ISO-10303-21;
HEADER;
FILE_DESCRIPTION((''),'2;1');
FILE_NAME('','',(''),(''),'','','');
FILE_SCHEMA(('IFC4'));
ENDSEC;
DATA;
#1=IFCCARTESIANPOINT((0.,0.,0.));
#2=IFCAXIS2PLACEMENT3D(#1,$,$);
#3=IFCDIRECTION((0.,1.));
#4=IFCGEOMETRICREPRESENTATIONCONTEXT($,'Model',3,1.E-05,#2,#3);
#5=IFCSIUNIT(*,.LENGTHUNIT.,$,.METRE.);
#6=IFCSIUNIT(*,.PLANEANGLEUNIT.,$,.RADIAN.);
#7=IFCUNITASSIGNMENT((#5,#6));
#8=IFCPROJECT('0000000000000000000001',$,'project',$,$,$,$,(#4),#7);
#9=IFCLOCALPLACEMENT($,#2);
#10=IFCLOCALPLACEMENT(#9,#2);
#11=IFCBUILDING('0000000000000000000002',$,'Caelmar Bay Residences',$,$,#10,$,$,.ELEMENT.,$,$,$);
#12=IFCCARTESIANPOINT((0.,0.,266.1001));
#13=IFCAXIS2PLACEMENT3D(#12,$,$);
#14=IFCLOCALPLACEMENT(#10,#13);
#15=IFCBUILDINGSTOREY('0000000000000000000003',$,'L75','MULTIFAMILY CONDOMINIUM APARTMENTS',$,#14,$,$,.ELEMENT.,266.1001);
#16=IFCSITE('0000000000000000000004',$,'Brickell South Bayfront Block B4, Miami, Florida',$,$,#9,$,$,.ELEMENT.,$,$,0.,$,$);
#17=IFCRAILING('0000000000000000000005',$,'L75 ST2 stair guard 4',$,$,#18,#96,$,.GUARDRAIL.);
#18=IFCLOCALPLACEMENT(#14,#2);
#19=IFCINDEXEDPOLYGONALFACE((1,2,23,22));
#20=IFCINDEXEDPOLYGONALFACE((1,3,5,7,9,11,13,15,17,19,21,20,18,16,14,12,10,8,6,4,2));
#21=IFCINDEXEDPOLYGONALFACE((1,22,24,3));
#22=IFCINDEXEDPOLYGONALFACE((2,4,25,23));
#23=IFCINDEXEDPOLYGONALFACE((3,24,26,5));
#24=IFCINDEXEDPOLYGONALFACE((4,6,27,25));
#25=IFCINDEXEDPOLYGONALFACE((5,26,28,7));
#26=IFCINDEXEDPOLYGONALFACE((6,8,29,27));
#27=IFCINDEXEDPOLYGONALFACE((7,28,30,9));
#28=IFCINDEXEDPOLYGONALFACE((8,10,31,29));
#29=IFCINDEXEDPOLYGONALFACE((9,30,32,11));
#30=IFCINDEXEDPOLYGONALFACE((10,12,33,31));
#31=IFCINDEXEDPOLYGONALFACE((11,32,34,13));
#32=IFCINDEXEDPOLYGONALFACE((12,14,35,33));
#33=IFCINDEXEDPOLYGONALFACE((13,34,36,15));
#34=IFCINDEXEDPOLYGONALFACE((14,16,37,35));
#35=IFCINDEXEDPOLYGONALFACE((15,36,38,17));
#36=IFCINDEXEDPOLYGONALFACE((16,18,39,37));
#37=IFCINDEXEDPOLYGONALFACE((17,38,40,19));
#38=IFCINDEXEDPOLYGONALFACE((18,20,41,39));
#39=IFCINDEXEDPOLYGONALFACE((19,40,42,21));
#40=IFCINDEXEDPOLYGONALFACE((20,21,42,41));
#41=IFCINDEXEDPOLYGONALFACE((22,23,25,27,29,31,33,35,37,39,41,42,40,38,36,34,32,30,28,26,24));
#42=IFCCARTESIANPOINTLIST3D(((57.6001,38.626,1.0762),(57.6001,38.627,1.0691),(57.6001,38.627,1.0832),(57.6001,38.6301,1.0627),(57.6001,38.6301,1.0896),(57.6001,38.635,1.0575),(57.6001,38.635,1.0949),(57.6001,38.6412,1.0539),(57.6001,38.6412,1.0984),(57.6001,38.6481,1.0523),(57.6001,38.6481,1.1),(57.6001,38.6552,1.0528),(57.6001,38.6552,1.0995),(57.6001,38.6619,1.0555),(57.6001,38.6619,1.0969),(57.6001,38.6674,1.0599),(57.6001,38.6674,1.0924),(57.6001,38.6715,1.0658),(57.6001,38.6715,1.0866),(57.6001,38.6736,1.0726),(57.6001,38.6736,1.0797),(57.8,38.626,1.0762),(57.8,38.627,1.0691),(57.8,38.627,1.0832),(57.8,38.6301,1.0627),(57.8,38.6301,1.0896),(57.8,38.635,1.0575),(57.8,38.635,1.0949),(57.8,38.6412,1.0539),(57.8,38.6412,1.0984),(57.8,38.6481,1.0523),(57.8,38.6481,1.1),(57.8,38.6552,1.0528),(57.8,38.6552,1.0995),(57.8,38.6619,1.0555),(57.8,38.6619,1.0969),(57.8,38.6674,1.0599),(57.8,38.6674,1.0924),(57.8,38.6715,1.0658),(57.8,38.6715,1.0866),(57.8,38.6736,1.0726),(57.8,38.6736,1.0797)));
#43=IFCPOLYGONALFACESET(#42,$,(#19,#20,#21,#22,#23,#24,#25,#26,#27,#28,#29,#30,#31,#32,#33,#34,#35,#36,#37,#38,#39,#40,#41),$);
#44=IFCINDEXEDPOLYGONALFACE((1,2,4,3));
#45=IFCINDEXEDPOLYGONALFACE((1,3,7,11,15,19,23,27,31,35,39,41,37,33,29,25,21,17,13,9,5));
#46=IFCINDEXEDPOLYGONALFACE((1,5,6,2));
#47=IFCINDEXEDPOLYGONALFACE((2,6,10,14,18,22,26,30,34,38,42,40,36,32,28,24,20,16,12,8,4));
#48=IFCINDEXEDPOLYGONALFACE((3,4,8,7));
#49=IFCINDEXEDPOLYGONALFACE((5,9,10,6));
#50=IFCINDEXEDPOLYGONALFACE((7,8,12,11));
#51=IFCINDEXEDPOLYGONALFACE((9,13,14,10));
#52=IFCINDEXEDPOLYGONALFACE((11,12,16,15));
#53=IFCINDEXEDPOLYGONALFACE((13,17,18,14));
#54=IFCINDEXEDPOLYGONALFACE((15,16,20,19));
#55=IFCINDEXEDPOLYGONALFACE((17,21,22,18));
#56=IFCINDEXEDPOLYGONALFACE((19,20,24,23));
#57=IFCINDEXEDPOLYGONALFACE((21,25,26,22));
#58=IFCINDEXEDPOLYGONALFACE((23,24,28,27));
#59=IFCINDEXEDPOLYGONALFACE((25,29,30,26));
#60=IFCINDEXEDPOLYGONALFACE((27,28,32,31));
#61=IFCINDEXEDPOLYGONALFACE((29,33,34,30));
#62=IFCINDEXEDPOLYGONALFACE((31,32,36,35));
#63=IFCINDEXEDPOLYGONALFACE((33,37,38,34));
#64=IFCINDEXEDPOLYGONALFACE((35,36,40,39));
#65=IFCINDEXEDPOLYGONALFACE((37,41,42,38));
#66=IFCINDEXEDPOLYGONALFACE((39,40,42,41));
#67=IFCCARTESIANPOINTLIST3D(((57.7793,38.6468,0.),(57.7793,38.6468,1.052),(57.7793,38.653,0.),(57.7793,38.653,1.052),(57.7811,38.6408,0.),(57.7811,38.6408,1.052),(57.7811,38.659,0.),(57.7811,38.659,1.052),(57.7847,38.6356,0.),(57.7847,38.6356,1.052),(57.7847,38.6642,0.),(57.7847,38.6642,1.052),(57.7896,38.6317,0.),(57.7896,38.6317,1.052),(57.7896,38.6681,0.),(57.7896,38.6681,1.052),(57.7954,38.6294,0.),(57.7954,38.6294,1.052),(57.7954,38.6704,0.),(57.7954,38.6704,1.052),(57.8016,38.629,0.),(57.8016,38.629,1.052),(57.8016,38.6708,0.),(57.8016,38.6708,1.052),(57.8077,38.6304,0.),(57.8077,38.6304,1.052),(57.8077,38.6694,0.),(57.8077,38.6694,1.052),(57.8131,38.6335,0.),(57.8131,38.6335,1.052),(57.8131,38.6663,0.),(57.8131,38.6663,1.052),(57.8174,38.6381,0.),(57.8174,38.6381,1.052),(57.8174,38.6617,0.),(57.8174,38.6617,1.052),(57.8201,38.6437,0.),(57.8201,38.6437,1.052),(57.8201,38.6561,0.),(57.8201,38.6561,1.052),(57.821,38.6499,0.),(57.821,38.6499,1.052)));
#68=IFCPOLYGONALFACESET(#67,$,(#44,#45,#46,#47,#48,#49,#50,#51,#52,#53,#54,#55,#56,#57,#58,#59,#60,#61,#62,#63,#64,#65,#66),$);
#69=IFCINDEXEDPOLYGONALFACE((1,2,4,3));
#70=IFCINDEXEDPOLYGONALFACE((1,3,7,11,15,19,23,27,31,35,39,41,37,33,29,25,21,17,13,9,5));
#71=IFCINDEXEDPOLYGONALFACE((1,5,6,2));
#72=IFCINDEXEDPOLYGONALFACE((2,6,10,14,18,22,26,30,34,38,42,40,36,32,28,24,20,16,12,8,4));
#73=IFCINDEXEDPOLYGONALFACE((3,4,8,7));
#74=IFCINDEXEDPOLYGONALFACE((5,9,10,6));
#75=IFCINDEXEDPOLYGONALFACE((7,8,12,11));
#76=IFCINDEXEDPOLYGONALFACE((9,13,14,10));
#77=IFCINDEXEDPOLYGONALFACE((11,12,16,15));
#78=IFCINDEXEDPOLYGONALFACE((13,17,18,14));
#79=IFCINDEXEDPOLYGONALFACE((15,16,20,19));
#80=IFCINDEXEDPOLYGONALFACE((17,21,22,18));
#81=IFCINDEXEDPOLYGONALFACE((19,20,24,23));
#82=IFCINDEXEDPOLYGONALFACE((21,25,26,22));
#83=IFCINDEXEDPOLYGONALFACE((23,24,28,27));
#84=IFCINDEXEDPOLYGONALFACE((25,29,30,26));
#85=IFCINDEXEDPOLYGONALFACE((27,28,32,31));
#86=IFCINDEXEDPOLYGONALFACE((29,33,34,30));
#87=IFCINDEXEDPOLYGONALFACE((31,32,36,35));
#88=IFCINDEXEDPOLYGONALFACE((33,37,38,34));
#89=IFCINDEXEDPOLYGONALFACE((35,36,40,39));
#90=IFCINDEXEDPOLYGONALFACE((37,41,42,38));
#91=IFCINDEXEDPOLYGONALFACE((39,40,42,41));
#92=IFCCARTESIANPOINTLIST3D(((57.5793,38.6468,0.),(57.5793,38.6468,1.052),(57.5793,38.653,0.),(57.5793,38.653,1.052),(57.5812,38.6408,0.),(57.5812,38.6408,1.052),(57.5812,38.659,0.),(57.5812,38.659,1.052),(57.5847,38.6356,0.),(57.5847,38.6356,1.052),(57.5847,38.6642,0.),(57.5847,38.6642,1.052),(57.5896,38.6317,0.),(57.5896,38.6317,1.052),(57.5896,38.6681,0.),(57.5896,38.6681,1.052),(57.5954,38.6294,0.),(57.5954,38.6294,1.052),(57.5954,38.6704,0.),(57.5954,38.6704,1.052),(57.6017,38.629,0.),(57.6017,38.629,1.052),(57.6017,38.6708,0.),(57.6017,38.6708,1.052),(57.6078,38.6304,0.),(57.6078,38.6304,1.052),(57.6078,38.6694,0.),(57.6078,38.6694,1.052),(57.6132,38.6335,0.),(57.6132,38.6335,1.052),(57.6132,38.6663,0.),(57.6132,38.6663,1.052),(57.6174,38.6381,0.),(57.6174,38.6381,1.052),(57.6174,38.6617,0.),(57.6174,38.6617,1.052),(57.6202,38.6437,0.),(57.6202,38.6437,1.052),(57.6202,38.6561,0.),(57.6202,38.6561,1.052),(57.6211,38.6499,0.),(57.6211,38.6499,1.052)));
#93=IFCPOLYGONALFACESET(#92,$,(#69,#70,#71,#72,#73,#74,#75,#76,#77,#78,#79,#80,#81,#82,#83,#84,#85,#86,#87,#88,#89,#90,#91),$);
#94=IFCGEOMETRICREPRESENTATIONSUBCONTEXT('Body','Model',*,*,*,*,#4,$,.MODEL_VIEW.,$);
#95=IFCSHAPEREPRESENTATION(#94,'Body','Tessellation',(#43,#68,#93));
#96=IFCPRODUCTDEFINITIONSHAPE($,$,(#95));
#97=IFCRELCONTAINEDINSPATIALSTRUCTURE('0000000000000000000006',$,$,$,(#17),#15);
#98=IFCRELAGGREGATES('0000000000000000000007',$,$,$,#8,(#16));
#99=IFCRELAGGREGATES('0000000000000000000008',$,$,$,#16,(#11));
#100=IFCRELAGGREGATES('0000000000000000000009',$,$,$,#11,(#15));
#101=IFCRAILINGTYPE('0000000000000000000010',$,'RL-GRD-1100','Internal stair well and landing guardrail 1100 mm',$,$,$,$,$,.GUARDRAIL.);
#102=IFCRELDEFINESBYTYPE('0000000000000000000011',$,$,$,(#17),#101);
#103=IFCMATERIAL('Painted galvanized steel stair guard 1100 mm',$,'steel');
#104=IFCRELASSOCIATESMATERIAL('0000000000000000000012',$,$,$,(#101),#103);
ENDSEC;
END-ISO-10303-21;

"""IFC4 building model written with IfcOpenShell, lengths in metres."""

from ifc_helpers import new_model, si_unit, direction, frame, origin, origin_2d, place, context, subcontext, project, spatial, circle, extrude, material, type_object, element, save


model = new_model("IFC4")

# Units and contexts
model_context = context("Model", 3, precision=1e-05, world=origin(), true_north=direction((0.0, 1.0)))
body_context = subcontext(model_context, "Body", "Model", "MODEL_VIEW")
ifc_project = project(units=[si_unit("LENGTHUNIT", "METRE"), si_unit("PLANEANGLEUNIT", "RADIAN")], contexts=[model_context])

# Site, building, storey
site_placement = place(None, origin())
site = spatial("IfcSite", under=ifc_project, at=site_placement, Name="Brickell South Bayfront Block B4, Miami, Florida", CompositionType="ELEMENT", RefElevation=0.0)
building_placement = place(site_placement, origin())
building = spatial("IfcBuilding", under=site, at=building_placement, Name="Caelmar Bay Residences", CompositionType="ELEMENT")
storey_placement = place(building_placement, frame((0.0, 0.0, 266.1001)))
storey = spatial("IfcBuildingStorey", under=building, at=storey_placement, Name="L75", Description="MULTIFAMILY CONDOMINIUM APARTMENTS", CompositionType="ELEMENT", Elevation=266.1001)

# Railing
ifc_material_1 = material(Name="Painted galvanized steel stair guard 1100 mm", Category="steel")
railing_type_1 = type_object("IfcRailingType", Name="RL-GRD-1100", Description="Internal stair well and landing guardrail 1100 mm", PredefinedType="GUARDRAIL", material=ifc_material_1)
railing_1_placement = place(storey_placement, frame((57.8, 38.6499, 0.0)))
element("IfcRailing", 1, at=railing_1_placement, inside=storey, type_object=railing_type_1, Name="L75 ST2 stair guard 4", PredefinedType="GUARDRAIL", context=body_context, shape_type="SweptSolid", body=[
    extrude(circle(Radius=0.0239, at=origin_2d()), frame((0.0, 0.0, 1.0762), z_axis=(-1.0, 0.0, 0.0), x_axis=(0.0, -1.0, 0.0)), (0.0, 0.0, 1.0), 0.2),
    extrude(circle(Radius=0.021, at=origin_2d()), origin(), (0.0, 0.0, 1.0), 1.052),
    extrude(circle(Radius=0.021, at=origin_2d()), frame((-0.2, 0.0, 0.0)), (0.0, 0.0, 1.0), 1.052),
])

save(model, "model.ifc")
